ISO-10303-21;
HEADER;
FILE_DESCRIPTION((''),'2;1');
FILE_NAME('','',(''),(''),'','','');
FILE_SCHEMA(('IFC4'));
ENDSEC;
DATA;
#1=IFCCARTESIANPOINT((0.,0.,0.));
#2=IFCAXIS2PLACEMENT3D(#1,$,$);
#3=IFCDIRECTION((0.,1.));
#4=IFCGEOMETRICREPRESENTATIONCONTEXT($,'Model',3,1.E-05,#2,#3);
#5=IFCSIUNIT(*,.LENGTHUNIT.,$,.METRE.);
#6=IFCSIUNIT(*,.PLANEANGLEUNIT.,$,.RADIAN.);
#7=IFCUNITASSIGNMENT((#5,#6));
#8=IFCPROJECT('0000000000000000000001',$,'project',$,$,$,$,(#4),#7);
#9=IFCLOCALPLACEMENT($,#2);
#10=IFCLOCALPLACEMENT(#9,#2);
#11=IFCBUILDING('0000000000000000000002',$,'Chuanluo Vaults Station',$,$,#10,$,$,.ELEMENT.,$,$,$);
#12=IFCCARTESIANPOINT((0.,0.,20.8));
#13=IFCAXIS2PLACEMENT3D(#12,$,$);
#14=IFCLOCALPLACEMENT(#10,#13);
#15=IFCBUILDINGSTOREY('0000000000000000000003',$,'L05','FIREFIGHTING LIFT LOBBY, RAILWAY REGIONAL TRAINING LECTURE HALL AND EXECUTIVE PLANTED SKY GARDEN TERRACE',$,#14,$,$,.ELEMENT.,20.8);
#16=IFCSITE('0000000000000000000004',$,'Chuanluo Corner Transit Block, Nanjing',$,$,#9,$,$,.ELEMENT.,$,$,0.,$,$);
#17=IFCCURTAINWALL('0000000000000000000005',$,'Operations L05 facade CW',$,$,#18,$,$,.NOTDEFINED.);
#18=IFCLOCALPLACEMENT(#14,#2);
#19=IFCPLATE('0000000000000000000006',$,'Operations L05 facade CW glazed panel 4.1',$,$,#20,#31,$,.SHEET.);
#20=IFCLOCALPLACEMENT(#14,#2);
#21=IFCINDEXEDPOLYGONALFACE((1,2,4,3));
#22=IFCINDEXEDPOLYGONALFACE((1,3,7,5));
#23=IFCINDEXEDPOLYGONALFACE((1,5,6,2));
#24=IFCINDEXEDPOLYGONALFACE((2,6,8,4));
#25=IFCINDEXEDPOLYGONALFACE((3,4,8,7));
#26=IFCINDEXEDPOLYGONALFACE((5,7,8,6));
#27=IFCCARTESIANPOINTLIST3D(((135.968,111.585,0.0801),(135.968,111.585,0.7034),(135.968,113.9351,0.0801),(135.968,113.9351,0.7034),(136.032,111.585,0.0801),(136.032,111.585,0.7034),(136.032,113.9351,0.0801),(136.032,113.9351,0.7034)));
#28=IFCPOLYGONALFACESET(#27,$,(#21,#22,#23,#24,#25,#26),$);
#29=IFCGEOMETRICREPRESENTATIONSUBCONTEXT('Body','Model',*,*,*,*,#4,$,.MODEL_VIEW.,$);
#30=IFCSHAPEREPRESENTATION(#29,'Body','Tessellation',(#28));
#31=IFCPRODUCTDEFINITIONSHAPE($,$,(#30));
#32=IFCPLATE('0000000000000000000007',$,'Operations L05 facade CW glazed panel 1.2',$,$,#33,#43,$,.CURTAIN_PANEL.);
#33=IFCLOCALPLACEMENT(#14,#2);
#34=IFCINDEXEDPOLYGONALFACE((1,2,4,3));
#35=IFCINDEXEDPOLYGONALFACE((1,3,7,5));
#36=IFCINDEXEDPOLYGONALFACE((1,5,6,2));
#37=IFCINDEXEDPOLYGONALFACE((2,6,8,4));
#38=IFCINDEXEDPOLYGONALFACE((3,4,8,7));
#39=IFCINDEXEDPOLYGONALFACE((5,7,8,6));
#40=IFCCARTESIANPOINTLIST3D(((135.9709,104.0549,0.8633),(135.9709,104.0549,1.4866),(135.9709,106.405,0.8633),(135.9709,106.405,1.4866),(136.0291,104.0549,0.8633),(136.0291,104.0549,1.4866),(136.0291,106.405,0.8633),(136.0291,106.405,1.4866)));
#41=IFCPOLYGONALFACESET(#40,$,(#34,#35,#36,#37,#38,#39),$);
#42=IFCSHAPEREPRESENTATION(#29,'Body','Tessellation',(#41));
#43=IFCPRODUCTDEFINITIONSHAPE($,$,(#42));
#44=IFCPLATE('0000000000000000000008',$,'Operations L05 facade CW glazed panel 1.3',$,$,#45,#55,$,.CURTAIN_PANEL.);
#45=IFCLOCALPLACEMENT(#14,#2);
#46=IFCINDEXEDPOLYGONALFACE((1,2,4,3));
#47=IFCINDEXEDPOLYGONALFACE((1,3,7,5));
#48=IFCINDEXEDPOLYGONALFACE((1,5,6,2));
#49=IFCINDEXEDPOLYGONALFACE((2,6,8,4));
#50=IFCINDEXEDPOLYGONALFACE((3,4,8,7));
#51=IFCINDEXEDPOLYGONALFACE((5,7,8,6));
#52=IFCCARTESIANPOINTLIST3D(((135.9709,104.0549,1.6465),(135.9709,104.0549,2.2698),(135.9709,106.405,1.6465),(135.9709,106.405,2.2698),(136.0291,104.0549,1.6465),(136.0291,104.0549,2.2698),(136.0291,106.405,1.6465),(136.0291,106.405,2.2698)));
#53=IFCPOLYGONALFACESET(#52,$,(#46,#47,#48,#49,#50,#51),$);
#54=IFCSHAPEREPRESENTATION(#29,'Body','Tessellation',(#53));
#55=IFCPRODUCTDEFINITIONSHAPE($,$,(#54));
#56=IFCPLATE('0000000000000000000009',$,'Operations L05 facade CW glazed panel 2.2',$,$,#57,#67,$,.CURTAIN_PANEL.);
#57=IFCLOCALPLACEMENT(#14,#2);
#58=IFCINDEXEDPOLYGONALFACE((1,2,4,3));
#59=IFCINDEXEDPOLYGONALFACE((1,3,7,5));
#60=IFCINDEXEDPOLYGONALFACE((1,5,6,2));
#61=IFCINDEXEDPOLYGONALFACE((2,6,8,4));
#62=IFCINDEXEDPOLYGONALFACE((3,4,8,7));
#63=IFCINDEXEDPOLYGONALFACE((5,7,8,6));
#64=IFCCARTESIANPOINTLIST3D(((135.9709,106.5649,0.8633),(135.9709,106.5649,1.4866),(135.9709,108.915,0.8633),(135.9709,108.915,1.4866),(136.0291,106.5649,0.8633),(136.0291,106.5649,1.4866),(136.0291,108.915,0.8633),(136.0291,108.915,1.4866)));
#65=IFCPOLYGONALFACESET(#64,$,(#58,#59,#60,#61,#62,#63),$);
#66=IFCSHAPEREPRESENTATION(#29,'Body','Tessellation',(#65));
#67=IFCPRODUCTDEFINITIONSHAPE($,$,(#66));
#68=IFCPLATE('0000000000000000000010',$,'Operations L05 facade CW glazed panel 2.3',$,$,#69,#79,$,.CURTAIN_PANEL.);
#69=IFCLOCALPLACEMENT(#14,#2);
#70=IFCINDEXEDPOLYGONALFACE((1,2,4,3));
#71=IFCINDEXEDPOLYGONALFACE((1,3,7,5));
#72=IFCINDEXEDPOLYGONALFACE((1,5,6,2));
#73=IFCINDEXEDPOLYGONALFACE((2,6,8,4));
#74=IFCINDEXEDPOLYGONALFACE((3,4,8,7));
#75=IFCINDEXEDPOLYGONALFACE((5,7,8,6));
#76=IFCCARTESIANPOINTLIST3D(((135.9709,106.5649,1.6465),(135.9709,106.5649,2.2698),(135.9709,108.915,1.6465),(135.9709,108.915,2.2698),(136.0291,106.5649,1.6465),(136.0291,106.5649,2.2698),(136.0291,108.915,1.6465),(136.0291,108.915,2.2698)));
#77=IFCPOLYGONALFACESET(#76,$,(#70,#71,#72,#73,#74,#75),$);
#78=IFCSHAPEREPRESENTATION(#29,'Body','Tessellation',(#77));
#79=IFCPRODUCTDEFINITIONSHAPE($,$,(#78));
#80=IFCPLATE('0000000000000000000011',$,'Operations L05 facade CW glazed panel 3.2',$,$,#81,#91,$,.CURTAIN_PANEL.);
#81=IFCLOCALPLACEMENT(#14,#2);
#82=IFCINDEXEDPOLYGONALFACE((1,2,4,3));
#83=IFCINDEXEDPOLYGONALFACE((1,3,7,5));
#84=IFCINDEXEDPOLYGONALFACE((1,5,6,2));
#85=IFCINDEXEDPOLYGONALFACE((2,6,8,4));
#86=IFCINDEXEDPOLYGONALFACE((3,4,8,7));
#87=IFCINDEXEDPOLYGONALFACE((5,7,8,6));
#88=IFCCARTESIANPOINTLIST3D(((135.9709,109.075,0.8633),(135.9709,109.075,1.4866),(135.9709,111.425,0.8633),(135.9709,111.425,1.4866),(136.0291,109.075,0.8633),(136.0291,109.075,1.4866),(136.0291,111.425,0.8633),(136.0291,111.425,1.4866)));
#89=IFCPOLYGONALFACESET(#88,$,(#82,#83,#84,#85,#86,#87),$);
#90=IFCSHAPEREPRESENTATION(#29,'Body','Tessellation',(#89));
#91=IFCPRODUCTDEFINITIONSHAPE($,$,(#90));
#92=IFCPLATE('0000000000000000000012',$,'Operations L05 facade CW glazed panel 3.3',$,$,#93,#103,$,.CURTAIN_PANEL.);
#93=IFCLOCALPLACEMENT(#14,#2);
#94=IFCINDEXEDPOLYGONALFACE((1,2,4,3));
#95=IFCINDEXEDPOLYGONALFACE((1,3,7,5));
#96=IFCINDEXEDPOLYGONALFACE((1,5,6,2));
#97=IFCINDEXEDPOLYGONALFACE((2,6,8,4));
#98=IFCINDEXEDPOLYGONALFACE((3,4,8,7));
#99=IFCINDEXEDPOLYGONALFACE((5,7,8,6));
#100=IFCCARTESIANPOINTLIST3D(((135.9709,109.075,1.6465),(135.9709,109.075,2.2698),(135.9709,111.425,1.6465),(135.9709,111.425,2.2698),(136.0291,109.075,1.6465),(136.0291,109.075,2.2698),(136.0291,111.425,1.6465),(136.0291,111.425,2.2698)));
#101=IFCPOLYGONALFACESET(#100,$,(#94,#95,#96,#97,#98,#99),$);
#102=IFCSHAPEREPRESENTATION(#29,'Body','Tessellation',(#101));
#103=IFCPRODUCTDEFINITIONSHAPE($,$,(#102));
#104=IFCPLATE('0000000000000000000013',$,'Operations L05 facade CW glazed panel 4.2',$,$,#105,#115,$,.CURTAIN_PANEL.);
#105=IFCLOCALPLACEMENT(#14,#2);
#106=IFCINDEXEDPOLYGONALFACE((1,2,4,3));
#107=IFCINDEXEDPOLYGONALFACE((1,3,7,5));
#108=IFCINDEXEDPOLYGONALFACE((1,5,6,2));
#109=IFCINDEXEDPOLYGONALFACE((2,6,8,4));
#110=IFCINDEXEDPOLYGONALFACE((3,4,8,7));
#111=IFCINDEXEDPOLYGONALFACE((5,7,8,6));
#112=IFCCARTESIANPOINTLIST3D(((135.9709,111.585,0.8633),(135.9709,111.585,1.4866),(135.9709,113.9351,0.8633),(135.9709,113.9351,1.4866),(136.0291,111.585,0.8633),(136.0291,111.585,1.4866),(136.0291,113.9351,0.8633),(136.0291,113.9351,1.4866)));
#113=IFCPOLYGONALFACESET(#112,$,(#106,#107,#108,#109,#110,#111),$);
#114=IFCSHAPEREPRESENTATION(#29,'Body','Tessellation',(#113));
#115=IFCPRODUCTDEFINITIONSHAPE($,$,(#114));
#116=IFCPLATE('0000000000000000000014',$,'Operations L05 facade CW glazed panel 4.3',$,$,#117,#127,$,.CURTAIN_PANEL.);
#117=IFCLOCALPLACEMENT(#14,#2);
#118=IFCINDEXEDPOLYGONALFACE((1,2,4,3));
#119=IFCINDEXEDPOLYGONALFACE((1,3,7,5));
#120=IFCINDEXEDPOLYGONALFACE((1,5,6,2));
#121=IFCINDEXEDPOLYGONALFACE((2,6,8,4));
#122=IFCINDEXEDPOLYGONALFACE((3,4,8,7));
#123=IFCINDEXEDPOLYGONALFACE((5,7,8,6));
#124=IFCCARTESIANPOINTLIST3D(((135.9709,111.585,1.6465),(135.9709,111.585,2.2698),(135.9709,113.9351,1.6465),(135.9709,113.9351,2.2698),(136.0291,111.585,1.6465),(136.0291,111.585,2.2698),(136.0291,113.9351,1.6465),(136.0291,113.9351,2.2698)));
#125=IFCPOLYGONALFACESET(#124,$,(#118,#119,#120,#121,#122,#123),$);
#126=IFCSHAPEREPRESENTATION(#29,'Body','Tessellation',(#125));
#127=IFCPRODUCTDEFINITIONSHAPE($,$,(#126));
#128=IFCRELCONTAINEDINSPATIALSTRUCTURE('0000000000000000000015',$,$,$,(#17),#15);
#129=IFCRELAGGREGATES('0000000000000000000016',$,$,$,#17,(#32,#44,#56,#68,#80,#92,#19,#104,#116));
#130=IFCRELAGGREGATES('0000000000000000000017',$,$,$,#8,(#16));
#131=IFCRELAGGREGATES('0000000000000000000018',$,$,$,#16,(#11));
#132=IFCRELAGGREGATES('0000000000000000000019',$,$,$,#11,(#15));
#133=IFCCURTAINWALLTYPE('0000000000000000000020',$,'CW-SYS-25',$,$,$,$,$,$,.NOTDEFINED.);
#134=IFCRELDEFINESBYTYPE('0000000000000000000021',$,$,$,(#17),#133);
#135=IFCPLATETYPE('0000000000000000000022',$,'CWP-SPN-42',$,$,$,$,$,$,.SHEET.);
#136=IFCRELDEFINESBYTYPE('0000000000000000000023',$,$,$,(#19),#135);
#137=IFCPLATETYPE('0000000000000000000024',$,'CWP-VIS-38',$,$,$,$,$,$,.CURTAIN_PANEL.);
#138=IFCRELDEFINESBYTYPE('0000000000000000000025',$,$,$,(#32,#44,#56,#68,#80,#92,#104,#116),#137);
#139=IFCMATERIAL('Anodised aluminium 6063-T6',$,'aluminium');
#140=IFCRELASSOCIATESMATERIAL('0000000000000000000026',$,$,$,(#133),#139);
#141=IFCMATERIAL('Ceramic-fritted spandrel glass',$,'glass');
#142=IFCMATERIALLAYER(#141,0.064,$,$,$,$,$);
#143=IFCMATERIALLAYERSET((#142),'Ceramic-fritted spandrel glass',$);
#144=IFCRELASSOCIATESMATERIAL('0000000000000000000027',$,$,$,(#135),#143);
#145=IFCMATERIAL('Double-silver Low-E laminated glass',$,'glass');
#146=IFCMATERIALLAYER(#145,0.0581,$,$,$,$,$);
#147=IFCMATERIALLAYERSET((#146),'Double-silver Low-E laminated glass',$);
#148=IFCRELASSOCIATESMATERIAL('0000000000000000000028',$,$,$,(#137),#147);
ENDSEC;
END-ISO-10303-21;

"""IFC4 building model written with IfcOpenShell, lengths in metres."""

from ifc_helpers import new_model, si_unit, direction, frame, origin, origin_2d, place, context, subcontext, project, spatial, rectangle, extrude, material, layer, layer_set, type_object, element, aggregate, save


model = new_model("IFC4")

# Units and contexts
model_context = context("Model", 3, precision=1e-05, world=origin(), true_north=direction((0.0, 1.0)))
body_context = subcontext(model_context, "Body", "Model", "MODEL_VIEW")
ifc_project = project(units=[si_unit("LENGTHUNIT", "METRE"), si_unit("PLANEANGLEUNIT", "RADIAN")], contexts=[model_context])

# Site, building, storey
site_placement = place(None, origin())
site = spatial("IfcSite", under=ifc_project, at=site_placement, Name="Chuanluo Corner Transit Block, Nanjing", CompositionType="ELEMENT", RefElevation=0.0)
building_placement = place(site_placement, origin())
building = spatial("IfcBuilding", under=site, at=building_placement, Name="Chuanluo Vaults Station", CompositionType="ELEMENT")
storey_placement = place(building_placement, frame((0.0, 0.0, 20.8)))
storey = spatial("IfcBuildingStorey", under=building, at=storey_placement, Name="L05", Description="FIREFIGHTING LIFT LOBBY, RAILWAY REGIONAL TRAINING LECTURE HALL AND EXECUTIVE PLANTED SKY GARDEN TERRACE", CompositionType="ELEMENT", Elevation=20.8)

# Curtain wall, plates
ifc_material_1 = material(Name="Anodised aluminium 6063-T6", Category="aluminium")
curtain_wall_type = type_object("IfcCurtainWallType", Name="CW-SYS-25", PredefinedType="NOTDEFINED", material=ifc_material_1)
curtain_wall_placement = place(storey_placement, origin())
curtain_wall = element("IfcCurtainWall", 1, at=curtain_wall_placement, inside=storey, type_object=curtain_wall_type, Name="Operations L05 facade CW", PredefinedType="NOTDEFINED")
ifc_material_2 = material(Name="Ceramic-fritted spandrel glass", Category="glass")
ifc_layer_1 = layer(ifc_material_2, 0.064)
ifc_layer_set_1 = layer_set([ifc_layer_1], Name="Ceramic-fritted spandrel glass")
plate_type_1 = type_object("IfcPlateType", Name="CWP-SPN-42", PredefinedType="SHEET", material=ifc_layer_set_1)
plate_1_placement = place(storey_placement, frame((136.0, 112.76, 0.0801), z_axis=(0.0, 0.0, 1.0), x_axis=(0.0, 1.0, 0.0)))
plate_1 = element("IfcPlate", 2, at=plate_1_placement, type_object=plate_type_1, Name="Operations L05 facade CW glazed panel 4.1", PredefinedType="SHEET", context=body_context, shape_type="SweptSolid", body=[
    extrude(rectangle(XDim=2.3501, YDim=0.064, at=origin_2d()), origin(), (0.0, 0.0, 1.0), 0.6233),
])
ifc_material_3 = material(Name="Double-silver Low-E laminated glass", Category="glass")
ifc_layer_2 = layer(ifc_material_3, 0.0581)
ifc_layer_set_2 = layer_set([ifc_layer_2], Name="Double-silver Low-E laminated glass")
plate_type_2 = type_object("IfcPlateType", Name="CWP-VIS-38", PredefinedType="CURTAIN_PANEL", material=ifc_layer_set_2)
plate_2_placement = place(storey_placement, frame((136.0, 105.23, 0.8633), z_axis=(0.0, 0.0, 1.0), x_axis=(0.0, 1.0, 0.0)))
plate_2 = element("IfcPlate", 3, at=plate_2_placement, type_object=plate_type_2, Name="Operations L05 facade CW glazed panel 1.2", PredefinedType="CURTAIN_PANEL", context=body_context, shape_type="SweptSolid", body=[
    extrude(rectangle(XDim=2.3501, YDim=0.0581, at=origin_2d()), origin(), (0.0, 0.0, 1.0), 0.6233),
])
plate_3_placement = place(storey_placement, frame((136.0, 105.23, 1.6465), z_axis=(0.0, 0.0, 1.0), x_axis=(0.0, 1.0, 0.0)))
plate_3 = element("IfcPlate", 4, at=plate_3_placement, type_object=plate_type_2, Name="Operations L05 facade CW glazed panel 1.3", PredefinedType="CURTAIN_PANEL", context=body_context, shape_type="SweptSolid", body=[
    extrude(rectangle(XDim=2.3501, YDim=0.0581, at=origin_2d()), origin(), (0.0, 0.0, 1.0), 0.6233),
])
plate_4_placement = place(storey_placement, frame((136.0, 107.74, 0.8633), z_axis=(0.0, 0.0, 1.0), x_axis=(0.0, 1.0, 0.0)))
plate_4 = element("IfcPlate", 5, at=plate_4_placement, type_object=plate_type_2, Name="Operations L05 facade CW glazed panel 2.2", PredefinedType="CURTAIN_PANEL", context=body_context, shape_type="SweptSolid", body=[
    extrude(rectangle(XDim=2.3501, YDim=0.0581, at=origin_2d()), origin(), (0.0, 0.0, 1.0), 0.6233),
])
plate_5_placement = place(storey_placement, frame((136.0, 107.74, 1.6465), z_axis=(0.0, 0.0, 1.0), x_axis=(0.0, 1.0, 0.0)))
plate_5 = element("IfcPlate", 6, at=plate_5_placement, type_object=plate_type_2, Name="Operations L05 facade CW glazed panel 2.3", PredefinedType="CURTAIN_PANEL", context=body_context, shape_type="SweptSolid", body=[
    extrude(rectangle(XDim=2.3501, YDim=0.0581, at=origin_2d()), origin(), (0.0, 0.0, 1.0), 0.6233),
])
plate_6_placement = place(storey_placement, frame((136.0, 110.25, 0.8633), z_axis=(0.0, 0.0, 1.0), x_axis=(0.0, 1.0, 0.0)))
plate_6 = element("IfcPlate", 7, at=plate_6_placement, type_object=plate_type_2, Name="Operations L05 facade CW glazed panel 3.2", PredefinedType="CURTAIN_PANEL", context=body_context, shape_type="SweptSolid", body=[
    extrude(rectangle(XDim=2.3501, YDim=0.0581, at=origin_2d()), origin(), (0.0, 0.0, 1.0), 0.6233),
])
plate_7_placement = place(storey_placement, frame((136.0, 110.25, 1.6465), z_axis=(0.0, 0.0, 1.0), x_axis=(0.0, 1.0, 0.0)))
plate_7 = element("IfcPlate", 8, at=plate_7_placement, type_object=plate_type_2, Name="Operations L05 facade CW glazed panel 3.3", PredefinedType="CURTAIN_PANEL", context=body_context, shape_type="SweptSolid", body=[
    extrude(rectangle(XDim=2.3501, YDim=0.0581, at=origin_2d()), origin(), (0.0, 0.0, 1.0), 0.6233),
])
plate_8_placement = place(storey_placement, frame((136.0, 112.76, 0.8633), z_axis=(0.0, 0.0, 1.0), x_axis=(0.0, 1.0, 0.0)))
plate_8 = element("IfcPlate", 9, at=plate_8_placement, type_object=plate_type_2, Name="Operations L05 facade CW glazed panel 4.2", PredefinedType="CURTAIN_PANEL", context=body_context, shape_type="SweptSolid", body=[
    extrude(rectangle(XDim=2.3501, YDim=0.0581, at=origin_2d()), origin(), (0.0, 0.0, 1.0), 0.6233),
])
plate_9_placement = place(storey_placement, frame((136.0, 112.76, 1.6465), z_axis=(0.0, 0.0, 1.0), x_axis=(0.0, 1.0, 0.0)))
plate_9 = element("IfcPlate", 10, at=plate_9_placement, type_object=plate_type_2, Name="Operations L05 facade CW glazed panel 4.3", PredefinedType="CURTAIN_PANEL", context=body_context, shape_type="SweptSolid", body=[
    extrude(rectangle(XDim=2.3501, YDim=0.0581, at=origin_2d()), origin(), (0.0, 0.0, 1.0), 0.6233),
])
aggregate(curtain_wall, [plate_2, plate_3, plate_4, plate_5, plate_6, plate_7, plate_1, plate_8, plate_9])

save(model, "model.ifc")
